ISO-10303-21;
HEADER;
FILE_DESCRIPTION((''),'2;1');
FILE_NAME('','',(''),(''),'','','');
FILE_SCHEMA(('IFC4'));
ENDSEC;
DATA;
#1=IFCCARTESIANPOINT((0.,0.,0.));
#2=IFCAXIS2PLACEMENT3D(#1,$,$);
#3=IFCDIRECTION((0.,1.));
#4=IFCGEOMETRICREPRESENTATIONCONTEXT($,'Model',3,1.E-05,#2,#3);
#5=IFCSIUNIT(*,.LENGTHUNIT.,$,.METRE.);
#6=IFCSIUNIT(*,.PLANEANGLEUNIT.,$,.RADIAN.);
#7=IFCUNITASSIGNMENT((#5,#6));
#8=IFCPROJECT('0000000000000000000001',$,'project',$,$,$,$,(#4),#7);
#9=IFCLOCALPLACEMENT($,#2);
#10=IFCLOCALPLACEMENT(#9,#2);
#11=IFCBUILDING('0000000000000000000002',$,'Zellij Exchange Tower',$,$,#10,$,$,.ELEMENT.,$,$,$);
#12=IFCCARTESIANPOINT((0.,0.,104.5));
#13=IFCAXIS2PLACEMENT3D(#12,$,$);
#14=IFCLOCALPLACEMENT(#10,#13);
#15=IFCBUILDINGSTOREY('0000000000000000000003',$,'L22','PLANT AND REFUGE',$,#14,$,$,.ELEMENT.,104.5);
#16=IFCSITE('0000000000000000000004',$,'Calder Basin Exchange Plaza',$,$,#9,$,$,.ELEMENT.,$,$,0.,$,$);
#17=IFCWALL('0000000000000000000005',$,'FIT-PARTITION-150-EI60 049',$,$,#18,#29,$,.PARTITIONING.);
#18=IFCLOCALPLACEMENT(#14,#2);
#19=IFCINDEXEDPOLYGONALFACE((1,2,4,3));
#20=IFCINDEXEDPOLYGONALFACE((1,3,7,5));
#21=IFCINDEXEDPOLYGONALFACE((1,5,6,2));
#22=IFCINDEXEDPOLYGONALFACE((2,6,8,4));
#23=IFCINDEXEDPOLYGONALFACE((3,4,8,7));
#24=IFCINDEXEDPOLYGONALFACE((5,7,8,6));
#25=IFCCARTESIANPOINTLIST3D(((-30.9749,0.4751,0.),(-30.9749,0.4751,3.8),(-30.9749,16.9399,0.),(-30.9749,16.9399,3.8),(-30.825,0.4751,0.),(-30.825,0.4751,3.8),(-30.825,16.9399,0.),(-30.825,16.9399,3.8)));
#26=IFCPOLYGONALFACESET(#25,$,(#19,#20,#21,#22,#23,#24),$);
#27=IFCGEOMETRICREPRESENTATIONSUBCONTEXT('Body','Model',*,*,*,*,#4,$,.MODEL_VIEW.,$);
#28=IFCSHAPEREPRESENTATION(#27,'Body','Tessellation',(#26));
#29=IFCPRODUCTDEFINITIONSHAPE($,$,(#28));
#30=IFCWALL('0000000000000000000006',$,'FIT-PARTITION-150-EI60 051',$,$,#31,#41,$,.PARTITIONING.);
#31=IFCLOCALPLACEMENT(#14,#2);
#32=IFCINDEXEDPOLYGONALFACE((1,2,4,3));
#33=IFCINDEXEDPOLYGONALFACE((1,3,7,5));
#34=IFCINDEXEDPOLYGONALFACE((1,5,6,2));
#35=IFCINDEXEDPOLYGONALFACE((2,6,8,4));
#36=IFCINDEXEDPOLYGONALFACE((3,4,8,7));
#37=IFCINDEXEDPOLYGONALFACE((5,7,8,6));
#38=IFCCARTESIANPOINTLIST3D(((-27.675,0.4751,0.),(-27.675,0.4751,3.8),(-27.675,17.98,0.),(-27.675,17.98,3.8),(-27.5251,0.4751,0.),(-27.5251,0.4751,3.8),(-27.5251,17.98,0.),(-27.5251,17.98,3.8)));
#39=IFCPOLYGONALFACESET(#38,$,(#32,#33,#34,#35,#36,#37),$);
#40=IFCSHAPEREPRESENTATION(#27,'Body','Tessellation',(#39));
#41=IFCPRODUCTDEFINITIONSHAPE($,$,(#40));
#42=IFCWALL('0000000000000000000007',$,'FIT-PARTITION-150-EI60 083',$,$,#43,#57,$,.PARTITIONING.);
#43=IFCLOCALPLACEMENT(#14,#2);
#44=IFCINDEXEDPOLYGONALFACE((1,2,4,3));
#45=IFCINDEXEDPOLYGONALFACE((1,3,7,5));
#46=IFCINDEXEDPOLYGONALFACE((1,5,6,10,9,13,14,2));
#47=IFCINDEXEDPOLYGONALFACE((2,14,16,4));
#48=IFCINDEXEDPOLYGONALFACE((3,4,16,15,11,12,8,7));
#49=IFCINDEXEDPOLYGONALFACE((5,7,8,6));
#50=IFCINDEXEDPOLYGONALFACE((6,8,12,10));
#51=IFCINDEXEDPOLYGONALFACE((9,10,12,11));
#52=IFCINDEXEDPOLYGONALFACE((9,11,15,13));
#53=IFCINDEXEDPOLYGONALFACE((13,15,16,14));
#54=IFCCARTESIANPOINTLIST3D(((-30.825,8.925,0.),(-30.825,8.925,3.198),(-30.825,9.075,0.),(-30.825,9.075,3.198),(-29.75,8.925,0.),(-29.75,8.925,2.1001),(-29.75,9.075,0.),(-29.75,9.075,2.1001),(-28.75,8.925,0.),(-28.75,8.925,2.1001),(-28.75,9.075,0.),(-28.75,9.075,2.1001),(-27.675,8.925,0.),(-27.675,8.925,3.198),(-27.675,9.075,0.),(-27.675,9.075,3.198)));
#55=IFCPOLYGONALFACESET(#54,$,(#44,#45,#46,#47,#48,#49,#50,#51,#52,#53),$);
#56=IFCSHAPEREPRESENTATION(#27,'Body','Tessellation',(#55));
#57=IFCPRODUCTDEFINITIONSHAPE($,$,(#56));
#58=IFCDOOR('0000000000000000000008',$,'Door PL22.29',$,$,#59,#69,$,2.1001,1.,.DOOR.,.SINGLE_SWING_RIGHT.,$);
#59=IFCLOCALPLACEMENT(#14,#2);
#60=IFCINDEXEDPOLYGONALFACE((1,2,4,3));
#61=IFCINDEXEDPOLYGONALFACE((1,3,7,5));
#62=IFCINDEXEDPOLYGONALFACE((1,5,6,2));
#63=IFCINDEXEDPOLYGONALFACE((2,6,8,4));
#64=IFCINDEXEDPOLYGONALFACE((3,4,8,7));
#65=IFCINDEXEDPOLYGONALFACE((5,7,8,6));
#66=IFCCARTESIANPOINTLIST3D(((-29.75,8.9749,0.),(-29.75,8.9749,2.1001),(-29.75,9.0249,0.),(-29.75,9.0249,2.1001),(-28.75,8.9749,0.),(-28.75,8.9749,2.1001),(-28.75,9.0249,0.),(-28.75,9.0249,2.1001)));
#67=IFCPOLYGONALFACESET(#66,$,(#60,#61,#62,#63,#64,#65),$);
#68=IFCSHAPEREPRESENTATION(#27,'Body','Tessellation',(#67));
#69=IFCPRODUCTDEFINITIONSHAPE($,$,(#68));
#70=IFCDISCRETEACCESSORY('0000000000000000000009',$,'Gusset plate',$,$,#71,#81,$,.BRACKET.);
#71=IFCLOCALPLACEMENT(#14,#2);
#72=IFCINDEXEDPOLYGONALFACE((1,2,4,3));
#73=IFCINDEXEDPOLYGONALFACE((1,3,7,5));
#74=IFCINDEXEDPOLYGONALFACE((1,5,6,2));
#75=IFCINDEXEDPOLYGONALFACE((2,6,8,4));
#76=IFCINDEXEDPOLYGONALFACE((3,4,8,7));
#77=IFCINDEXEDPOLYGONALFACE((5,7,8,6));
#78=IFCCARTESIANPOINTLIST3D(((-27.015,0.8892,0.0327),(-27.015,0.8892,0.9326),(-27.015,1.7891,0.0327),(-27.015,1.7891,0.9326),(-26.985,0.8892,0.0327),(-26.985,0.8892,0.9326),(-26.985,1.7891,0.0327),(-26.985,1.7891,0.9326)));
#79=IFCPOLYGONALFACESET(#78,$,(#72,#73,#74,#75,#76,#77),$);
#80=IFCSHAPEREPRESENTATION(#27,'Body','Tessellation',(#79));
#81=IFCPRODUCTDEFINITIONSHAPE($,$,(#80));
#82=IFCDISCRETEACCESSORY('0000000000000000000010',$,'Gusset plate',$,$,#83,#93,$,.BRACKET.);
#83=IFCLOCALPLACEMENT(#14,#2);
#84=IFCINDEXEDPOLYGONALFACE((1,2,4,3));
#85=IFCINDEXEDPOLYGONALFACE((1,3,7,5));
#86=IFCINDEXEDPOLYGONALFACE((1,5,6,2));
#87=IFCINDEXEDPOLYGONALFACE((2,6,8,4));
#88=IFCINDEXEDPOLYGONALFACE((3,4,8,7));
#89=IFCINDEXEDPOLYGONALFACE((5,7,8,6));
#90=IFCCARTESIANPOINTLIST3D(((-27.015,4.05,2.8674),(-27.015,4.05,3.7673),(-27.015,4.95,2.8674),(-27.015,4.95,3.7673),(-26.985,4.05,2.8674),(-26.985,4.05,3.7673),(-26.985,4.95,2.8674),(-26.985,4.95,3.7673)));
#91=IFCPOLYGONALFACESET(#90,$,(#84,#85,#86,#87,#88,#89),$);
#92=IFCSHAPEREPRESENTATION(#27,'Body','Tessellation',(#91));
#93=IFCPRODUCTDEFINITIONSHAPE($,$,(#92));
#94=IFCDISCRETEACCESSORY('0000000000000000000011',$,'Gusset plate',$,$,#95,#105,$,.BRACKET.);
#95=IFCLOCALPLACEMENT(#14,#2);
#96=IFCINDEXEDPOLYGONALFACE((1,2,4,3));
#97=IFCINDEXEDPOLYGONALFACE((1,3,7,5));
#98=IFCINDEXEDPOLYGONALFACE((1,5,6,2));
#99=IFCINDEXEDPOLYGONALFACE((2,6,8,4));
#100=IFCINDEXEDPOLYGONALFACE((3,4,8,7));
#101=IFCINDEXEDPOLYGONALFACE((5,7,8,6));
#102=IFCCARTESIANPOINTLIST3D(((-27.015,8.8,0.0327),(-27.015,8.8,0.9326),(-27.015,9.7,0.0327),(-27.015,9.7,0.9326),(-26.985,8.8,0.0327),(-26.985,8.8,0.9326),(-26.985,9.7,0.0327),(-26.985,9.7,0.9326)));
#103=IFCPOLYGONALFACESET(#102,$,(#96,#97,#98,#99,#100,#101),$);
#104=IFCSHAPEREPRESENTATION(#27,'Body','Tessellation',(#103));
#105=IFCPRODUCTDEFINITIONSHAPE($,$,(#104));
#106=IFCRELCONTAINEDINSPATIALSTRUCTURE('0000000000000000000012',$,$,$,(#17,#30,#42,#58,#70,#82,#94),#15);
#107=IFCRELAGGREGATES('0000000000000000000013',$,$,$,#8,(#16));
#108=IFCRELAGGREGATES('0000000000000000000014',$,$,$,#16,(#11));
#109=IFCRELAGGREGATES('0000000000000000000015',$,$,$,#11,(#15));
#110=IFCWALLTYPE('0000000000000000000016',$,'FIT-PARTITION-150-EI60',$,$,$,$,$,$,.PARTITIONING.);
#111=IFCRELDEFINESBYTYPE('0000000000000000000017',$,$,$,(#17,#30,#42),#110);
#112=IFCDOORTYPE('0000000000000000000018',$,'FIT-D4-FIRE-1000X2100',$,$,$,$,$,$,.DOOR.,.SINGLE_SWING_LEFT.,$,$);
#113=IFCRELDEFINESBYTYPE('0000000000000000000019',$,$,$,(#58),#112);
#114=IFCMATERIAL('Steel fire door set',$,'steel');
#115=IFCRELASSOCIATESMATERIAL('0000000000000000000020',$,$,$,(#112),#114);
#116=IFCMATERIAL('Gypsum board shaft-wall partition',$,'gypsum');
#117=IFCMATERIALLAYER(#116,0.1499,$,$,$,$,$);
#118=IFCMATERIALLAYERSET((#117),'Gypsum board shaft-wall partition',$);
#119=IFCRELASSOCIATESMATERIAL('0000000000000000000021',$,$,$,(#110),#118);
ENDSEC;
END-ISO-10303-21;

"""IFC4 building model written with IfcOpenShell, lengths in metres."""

from ifc_helpers import new_model, si_unit, direction, frame, frame_2d, origin, origin_2d, place, context, subcontext, project, spatial, rectangle, extrude, material, layer, layer_set, type_object, element, fill, save


model = new_model("IFC4")

# Units and contexts
model_context = context("Model", 3, precision=1e-05, world=origin(), true_north=direction((0.0, 1.0)))
body_context = subcontext(model_context, "Body", "Model", "MODEL_VIEW")
ifc_project = project(units=[si_unit("LENGTHUNIT", "METRE"), si_unit("PLANEANGLEUNIT", "RADIAN")], contexts=[model_context])

# Site, building, storey
site_placement = place(None, origin())
site = spatial("IfcSite", under=ifc_project, at=site_placement, Name="Calder Basin Exchange Plaza", CompositionType="ELEMENT", RefElevation=0.0)
building_placement = place(site_placement, origin())
building = spatial("IfcBuilding", under=site, at=building_placement, Name="Zellij Exchange Tower", CompositionType="ELEMENT")
storey_placement = place(building_placement, frame((0.0, 0.0, 104.5)))
storey = spatial("IfcBuildingStorey", under=building, at=storey_placement, Name="L22", Description="PLANT AND REFUGE", CompositionType="ELEMENT", Elevation=104.5)

# Shared definitions
ifc_material_1 = material(Name="Steel fire door set", Category="steel")

# Shared definitions
door_type_1 = type_object("IfcDoorType", Name="FIT-D4-FIRE-1000X2100", OperationType="SINGLE_SWING_LEFT", PredefinedType="DOOR", material=ifc_material_1)

# Walls
ifc_material_2 = material(Name="Gypsum board shaft-wall partition", Category="gypsum")
ifc_layer_1 = layer(ifc_material_2, 0.1499)
ifc_layer_set_1 = layer_set([ifc_layer_1], Name="Gypsum board shaft-wall partition")
wall_type_1 = type_object("IfcWallType", Name="FIT-PARTITION-150-EI60", PredefinedType="PARTITIONING", material=ifc_layer_set_1)
wall_1_placement = place(storey_placement, frame((-30.8999, 0.4751, 0.0), z_axis=(0.0, 0.0, 1.0), x_axis=(0.0, 1.0, 0.0)))
element("IfcWall", 1, at=wall_1_placement, inside=storey, type_object=wall_type_1, Name="FIT-PARTITION-150-EI60 049", PredefinedType="PARTITIONING", context=body_context, shape_type="SweptSolid", body=[
    extrude(rectangle(XDim=16.4648, YDim=0.1499, at=frame_2d((8.2324, 0.0))), origin(), (0.0, 0.0, 1.0), 3.8),
])
wall_2_placement = place(storey_placement, frame((-27.6001, 0.4751, 0.0), z_axis=(0.0, 0.0, 1.0), x_axis=(0.0, 1.0, 0.0)))
element("IfcWall", 2, at=wall_2_placement, inside=storey, type_object=wall_type_1, Name="FIT-PARTITION-150-EI60 051", PredefinedType="PARTITIONING", context=body_context, shape_type="SweptSolid", body=[
    extrude(rectangle(XDim=17.5049, YDim=0.1499, at=frame_2d((8.7524, 0.0))), origin(), (0.0, 0.0, 1.0), 3.8),
])

# Wall, opening, door
wall_3_placement = place(storey_placement, frame((-30.825, 9.0, 0.0), z_axis=(0.0, 0.0, 1.0), x_axis=(1.0, 0.0, 0.0)))
wall_3 = element("IfcWall", 3, at=wall_3_placement, inside=storey, type_object=wall_type_1, Name="FIT-PARTITION-150-EI60 083", PredefinedType="PARTITIONING", context=body_context, shape_type="SweptSolid", body=[
    extrude(rectangle(XDim=3.1499, YDim=0.1499, at=frame_2d((1.575, 0.0))), origin(), (0.0, 0.0, 1.0), 3.198),
])
opening_1_placement = place(wall_3_placement, frame((1.075, 0.0, 0.0)))
opening_1 = element("IfcOpeningElement", 4, at=opening_1_placement, cuts=wall_3, PredefinedType="OPENING", context=body_context, shape_type="SweptSolid", body=[
    extrude(rectangle(XDim=1.0, YDim=2.1001, at=frame_2d((0.5, 1.05))), frame((0.0, 0.0869, 0.0), z_axis=(0.0, -1.0, 0.0), x_axis=(1.0, 0.0, 0.0)), (0.0, 0.0, 1.0), 0.1738),
])
door_1_placement = place(opening_1_placement, origin())
door_1 = element("IfcDoor", 5, at=door_1_placement, inside=storey, type_object=door_type_1, Name="Door PL22.29", OperationType="SINGLE_SWING_RIGHT", OverallHeight=2.1001, OverallWidth=1.0, PredefinedType="DOOR", context=body_context, shape_type="SweptSolid", body=[
    extrude(rectangle(XDim=1.0, YDim=2.1001, at=frame_2d((0.5, 1.05))), frame((0.0, 0.0249, 0.0), z_axis=(0.0, -1.0, 0.0), x_axis=(1.0, 0.0, 0.0)), (0.0, 0.0, 1.0), 0.05),
])
fill(opening_1, door_1)

# Discrete accessories
for number, where, z_axis, x_axis, name in (
    (6, (-27.0, 1.3391, 0.0327), (0.0, 0.0, 1.0), (0.0, 1.0, 0.0), "Gusset plate"),
    (7, (-27.0, 4.5, 2.8674), (0.0, 0.0, 1.0), (0.0, 1.0, 0.0), "Gusset plate"),
    (8, (-27.0, 9.25, 0.0327), (0.0, 0.0, 1.0), (0.0, 1.0, 0.0), "Gusset plate"),
):
    element("IfcDiscreteAccessory", number, at=place(storey_placement, frame(where, z_axis=z_axis, x_axis=x_axis)), inside=storey, Name=name, PredefinedType="BRACKET", context=body_context, shape_type="SweptSolid", body=[
        extrude(rectangle(XDim=0.8999, YDim=0.03, at=origin_2d()), origin(), (0.0, 0.0, 1.0), 0.8999),
    ])

save(model, "model.ifc")
